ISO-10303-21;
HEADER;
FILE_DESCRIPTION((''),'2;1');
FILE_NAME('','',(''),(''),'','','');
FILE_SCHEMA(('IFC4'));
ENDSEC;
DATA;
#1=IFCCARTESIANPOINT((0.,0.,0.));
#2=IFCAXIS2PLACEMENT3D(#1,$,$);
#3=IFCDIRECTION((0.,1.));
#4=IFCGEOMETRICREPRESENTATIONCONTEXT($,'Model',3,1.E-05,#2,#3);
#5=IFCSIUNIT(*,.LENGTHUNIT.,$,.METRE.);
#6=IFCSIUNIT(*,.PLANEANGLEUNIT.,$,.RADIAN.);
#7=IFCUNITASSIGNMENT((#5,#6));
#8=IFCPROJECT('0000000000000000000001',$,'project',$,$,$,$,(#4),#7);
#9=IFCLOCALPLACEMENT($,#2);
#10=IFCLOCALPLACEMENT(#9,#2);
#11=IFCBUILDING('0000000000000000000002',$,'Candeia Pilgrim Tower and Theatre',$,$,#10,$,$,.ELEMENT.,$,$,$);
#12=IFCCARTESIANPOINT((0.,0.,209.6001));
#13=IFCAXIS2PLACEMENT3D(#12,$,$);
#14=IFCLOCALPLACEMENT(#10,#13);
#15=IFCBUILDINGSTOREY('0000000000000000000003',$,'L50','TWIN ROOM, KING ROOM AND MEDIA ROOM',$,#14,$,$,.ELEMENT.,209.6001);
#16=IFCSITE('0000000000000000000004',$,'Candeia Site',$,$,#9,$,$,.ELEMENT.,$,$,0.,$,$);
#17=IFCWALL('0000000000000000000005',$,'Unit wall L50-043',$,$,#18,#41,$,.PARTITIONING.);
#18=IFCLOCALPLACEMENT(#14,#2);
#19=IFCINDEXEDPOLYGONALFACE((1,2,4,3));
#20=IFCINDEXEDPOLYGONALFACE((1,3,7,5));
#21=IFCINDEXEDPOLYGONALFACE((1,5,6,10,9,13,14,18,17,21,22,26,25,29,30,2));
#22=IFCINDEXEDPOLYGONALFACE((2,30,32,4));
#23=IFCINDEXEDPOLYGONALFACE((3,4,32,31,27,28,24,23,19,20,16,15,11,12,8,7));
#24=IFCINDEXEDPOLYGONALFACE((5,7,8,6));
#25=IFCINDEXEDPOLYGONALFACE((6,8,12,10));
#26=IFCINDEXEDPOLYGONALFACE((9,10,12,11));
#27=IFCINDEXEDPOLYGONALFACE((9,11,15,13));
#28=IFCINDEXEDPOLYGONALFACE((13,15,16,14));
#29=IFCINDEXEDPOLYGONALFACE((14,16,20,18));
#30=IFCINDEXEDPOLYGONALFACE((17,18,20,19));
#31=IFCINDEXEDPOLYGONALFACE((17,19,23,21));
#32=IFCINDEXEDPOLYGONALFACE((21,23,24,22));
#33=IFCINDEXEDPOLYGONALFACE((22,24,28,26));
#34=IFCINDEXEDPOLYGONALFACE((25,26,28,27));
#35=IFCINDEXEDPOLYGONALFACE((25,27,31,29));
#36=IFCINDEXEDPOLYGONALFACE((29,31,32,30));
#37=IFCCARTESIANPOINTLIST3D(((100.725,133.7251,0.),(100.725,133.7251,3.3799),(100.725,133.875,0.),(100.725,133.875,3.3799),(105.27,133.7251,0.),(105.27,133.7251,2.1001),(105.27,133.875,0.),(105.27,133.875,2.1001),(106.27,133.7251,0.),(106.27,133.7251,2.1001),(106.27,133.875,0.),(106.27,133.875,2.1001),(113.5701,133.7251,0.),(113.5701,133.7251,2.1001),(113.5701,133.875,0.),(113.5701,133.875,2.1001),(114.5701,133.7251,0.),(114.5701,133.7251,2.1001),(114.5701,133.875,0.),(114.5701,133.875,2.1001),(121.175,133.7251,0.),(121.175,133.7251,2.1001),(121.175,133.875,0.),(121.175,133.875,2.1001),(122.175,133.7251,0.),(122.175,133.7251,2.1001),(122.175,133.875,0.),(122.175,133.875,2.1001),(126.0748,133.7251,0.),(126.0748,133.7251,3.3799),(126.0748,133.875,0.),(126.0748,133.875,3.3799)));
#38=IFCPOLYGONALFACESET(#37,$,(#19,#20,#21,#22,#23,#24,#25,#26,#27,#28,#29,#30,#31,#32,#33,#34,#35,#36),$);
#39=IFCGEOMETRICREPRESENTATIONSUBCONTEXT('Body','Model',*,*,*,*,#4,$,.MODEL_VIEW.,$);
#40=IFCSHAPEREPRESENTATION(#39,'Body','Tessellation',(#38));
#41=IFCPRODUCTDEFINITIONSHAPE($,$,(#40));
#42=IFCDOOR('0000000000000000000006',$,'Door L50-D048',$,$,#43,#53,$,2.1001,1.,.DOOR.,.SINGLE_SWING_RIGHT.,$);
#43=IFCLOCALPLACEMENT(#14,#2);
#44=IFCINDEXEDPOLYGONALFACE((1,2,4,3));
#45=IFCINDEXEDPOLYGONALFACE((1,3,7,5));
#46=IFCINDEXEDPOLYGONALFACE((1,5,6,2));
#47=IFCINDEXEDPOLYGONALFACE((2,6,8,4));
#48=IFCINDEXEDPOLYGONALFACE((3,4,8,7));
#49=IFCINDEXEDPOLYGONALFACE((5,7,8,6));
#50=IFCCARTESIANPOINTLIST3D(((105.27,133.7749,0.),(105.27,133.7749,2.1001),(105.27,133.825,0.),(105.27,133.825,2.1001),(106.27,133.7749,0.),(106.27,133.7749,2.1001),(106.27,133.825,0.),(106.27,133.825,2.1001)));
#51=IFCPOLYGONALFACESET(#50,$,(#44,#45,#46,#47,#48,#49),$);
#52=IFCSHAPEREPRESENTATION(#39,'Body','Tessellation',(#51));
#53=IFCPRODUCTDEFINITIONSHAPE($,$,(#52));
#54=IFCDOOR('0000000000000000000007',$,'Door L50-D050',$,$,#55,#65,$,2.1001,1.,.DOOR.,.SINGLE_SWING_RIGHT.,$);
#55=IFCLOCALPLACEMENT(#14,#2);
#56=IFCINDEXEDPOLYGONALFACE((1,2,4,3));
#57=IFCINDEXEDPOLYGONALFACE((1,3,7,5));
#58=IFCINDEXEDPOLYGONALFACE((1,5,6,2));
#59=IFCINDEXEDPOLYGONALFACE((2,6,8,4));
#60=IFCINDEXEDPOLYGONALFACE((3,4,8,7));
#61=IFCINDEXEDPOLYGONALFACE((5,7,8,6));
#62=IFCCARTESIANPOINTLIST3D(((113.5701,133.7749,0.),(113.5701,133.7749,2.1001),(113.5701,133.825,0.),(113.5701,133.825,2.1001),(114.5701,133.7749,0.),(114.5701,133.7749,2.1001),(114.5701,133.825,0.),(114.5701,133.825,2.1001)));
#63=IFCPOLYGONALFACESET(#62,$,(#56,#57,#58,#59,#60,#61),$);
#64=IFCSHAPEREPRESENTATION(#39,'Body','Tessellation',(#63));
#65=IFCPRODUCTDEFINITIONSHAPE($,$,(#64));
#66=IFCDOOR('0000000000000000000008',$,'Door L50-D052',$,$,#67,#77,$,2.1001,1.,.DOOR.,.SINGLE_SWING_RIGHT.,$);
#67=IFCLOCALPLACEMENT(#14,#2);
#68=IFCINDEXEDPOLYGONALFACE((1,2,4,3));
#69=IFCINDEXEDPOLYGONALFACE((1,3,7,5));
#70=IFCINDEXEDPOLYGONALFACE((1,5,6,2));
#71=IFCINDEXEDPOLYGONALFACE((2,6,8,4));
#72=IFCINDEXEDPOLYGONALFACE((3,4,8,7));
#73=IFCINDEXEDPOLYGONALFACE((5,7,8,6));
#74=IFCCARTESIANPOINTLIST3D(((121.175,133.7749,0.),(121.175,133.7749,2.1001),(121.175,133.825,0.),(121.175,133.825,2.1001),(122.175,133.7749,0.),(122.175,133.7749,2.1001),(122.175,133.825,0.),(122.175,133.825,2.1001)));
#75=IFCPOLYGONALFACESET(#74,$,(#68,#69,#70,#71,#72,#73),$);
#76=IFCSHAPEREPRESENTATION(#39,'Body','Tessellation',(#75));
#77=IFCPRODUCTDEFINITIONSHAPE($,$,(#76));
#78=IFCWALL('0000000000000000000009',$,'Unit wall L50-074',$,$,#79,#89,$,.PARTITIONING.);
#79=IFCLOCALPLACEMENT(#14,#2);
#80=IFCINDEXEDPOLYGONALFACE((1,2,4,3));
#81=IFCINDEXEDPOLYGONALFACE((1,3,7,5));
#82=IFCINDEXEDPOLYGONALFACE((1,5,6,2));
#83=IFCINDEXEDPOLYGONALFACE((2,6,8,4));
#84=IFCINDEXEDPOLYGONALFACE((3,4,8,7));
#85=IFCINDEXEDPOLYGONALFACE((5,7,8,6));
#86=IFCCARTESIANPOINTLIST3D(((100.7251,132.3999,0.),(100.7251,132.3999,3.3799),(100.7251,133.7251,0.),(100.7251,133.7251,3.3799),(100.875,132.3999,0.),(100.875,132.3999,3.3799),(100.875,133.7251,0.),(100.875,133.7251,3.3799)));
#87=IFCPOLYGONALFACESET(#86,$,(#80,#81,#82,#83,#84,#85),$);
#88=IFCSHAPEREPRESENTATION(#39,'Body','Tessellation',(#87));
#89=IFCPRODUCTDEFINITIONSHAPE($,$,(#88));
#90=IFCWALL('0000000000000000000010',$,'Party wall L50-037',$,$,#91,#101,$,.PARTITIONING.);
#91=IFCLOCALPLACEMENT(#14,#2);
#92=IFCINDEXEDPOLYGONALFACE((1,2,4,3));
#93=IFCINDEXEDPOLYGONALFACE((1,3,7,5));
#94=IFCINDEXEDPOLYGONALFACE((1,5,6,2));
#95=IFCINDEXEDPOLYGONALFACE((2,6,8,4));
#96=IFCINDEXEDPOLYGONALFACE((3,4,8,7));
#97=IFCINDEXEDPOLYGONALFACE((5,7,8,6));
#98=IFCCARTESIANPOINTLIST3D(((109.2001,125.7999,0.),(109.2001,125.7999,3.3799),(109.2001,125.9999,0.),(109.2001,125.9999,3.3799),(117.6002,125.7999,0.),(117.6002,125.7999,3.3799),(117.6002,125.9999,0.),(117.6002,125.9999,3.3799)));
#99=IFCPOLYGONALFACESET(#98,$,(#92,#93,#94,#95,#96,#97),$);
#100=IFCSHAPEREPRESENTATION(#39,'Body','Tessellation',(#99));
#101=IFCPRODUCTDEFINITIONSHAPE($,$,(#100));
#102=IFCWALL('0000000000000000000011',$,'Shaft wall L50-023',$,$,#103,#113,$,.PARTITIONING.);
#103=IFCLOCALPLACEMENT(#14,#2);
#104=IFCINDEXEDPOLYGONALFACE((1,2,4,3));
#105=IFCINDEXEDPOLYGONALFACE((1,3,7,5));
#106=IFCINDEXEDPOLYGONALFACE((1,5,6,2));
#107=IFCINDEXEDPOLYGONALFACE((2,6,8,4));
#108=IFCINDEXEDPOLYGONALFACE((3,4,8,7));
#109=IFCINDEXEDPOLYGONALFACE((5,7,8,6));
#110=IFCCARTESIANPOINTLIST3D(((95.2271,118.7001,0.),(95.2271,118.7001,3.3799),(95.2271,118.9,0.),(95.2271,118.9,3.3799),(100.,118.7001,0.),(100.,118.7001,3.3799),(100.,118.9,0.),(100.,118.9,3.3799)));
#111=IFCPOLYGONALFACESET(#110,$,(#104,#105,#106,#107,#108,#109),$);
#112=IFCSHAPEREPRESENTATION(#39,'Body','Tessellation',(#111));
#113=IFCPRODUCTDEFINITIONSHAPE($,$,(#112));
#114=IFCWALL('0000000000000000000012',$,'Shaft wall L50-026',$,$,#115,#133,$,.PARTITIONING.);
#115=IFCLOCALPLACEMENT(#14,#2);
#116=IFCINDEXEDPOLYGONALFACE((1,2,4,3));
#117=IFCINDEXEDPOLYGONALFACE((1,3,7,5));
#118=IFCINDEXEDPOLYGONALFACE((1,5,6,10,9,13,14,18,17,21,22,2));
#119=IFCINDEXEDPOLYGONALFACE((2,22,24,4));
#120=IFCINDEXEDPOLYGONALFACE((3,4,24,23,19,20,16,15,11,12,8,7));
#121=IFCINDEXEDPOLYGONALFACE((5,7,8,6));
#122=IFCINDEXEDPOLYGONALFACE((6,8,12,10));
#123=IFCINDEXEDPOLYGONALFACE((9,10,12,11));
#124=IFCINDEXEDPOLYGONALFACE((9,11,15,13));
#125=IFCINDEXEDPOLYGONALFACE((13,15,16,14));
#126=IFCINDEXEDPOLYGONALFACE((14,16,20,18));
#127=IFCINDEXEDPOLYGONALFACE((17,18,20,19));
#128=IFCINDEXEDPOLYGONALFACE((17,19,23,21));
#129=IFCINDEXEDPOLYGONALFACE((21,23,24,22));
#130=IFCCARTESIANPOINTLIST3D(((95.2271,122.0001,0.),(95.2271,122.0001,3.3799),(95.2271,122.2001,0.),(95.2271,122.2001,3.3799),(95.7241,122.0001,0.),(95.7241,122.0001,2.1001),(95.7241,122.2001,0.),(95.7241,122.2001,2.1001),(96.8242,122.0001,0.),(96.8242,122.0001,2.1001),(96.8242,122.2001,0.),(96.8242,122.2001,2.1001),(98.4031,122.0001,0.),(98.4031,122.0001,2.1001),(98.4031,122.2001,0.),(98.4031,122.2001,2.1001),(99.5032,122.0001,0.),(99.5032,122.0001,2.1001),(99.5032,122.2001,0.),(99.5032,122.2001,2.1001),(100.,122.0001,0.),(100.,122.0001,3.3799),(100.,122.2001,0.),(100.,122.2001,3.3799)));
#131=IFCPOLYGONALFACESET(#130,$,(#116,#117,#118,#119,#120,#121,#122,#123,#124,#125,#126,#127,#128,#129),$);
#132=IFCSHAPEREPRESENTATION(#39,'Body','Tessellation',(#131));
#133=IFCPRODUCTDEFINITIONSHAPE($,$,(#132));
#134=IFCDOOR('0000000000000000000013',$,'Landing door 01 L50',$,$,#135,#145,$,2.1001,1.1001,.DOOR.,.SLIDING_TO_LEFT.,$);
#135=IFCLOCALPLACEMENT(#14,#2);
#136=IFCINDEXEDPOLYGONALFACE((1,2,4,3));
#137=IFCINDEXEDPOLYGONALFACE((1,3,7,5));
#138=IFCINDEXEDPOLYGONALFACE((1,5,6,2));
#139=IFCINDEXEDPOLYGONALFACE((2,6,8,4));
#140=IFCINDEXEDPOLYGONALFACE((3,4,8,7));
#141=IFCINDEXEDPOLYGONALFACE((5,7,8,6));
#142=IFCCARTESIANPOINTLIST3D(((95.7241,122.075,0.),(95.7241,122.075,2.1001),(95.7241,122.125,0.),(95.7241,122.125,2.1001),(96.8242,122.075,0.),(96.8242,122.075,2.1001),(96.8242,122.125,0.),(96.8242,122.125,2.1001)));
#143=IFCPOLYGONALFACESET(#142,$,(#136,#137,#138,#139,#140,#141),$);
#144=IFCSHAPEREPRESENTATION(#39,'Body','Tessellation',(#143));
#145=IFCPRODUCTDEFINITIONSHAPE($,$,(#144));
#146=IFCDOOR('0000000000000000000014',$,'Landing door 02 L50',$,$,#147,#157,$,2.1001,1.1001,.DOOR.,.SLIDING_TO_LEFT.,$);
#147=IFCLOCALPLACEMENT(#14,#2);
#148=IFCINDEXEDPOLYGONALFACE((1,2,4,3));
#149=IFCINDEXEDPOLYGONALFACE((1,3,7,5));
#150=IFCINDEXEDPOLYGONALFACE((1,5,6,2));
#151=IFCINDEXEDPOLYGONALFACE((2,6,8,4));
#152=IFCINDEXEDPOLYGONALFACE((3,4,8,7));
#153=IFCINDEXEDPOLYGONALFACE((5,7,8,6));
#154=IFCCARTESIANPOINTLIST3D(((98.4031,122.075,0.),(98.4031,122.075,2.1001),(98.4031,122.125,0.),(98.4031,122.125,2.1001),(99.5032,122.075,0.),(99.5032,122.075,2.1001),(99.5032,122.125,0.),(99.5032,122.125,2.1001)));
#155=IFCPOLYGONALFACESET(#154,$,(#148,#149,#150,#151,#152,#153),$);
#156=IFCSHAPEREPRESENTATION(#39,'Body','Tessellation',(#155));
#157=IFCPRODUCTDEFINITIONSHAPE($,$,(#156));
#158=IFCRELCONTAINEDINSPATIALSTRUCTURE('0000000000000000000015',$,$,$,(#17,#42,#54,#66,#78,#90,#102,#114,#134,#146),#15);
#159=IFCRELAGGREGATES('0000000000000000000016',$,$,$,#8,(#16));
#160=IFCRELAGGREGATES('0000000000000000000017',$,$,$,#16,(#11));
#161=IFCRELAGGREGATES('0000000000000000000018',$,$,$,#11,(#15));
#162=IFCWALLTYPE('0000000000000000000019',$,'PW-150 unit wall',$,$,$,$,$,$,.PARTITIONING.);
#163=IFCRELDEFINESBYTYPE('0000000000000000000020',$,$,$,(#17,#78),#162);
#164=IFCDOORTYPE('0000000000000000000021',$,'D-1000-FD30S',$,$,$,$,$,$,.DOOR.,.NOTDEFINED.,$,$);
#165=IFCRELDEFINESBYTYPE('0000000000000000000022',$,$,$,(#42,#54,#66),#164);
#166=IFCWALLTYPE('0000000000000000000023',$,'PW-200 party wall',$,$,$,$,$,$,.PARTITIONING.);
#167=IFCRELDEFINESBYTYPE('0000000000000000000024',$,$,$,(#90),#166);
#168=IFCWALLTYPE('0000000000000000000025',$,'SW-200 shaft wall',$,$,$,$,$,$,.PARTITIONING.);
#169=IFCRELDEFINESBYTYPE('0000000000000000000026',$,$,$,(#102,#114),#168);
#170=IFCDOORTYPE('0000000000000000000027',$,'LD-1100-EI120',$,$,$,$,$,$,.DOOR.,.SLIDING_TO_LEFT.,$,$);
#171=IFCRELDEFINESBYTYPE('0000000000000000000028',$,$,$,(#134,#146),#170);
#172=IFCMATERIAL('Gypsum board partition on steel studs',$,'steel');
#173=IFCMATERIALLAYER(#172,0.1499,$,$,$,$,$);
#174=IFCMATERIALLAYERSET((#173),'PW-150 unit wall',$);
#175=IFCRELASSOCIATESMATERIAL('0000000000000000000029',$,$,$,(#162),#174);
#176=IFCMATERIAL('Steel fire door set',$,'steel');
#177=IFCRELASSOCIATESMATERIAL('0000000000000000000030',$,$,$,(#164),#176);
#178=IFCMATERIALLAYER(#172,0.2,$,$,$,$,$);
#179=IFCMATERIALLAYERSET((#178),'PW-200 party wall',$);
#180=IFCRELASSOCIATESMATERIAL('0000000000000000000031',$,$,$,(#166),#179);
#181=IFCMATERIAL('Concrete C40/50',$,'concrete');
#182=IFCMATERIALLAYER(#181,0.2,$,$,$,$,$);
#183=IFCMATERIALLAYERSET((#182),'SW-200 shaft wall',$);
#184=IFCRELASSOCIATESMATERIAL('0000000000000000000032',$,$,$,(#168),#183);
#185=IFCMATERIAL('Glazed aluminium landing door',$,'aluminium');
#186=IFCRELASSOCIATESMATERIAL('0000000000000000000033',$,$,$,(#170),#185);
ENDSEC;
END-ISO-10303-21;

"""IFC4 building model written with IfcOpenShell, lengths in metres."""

from ifc_helpers import new_model, si_unit, direction, frame, frame_2d, origin, place, context, subcontext, project, spatial, rectangle, extrude, material, layer, layer_set, type_object, element, fill, save


model = new_model("IFC4")

# Units and contexts
model_context = context("Model", 3, precision=1e-05, world=origin(), true_north=direction((0.0, 1.0)))
body_context = subcontext(model_context, "Body", "Model", "MODEL_VIEW")
ifc_project = project(units=[si_unit("LENGTHUNIT", "METRE"), si_unit("PLANEANGLEUNIT", "RADIAN")], contexts=[model_context])

# Site, building, storey
site_placement = place(None, origin())
site = spatial("IfcSite", under=ifc_project, at=site_placement, Name="Candeia Site", CompositionType="ELEMENT", RefElevation=0.0)
building_placement = place(site_placement, origin())
building = spatial("IfcBuilding", under=site, at=building_placement, Name="Candeia Pilgrim Tower and Theatre", CompositionType="ELEMENT")
storey_placement = place(building_placement, frame((0.0, 0.0, 209.6001)))
storey = spatial("IfcBuildingStorey", under=building, at=storey_placement, Name="L50", Description="TWIN ROOM, KING ROOM AND MEDIA ROOM", CompositionType="ELEMENT", Elevation=209.6001)

# Shared definitions
ifc_material_1 = material(Name="Steel fire door set", Category="steel")

# Shared definitions
ifc_material_2 = material(Name="Gypsum board partition on steel studs", Category="steel")

# Wall, openings, doors
ifc_layer_1 = layer(ifc_material_2, 0.1499)
ifc_layer_set_1 = layer_set([ifc_layer_1], Name="PW-150 unit wall")
wall_type_1 = type_object("IfcWallType", Name="PW-150 unit wall", PredefinedType="PARTITIONING", material=ifc_layer_set_1)
wall_1_placement = place(storey_placement, frame((100.7251, 133.8, 0.0), z_axis=(0.0, 0.0, 1.0), x_axis=(1.0, 0.0, 0.0)))
wall_1 = element("IfcWall", 1, at=wall_1_placement, inside=storey, type_object=wall_type_1, Name="Unit wall L50-043", PredefinedType="PARTITIONING", context=body_context, shape_type="SweptSolid", body=[
    extrude(rectangle(XDim=25.3499, YDim=0.1499, at=frame_2d((12.6748, 0.0))), origin(), (0.0, 0.0, 1.0), 3.3799),
])
opening_1_placement = place(wall_1_placement, frame((4.5449, 0.0, 0.0)))
opening_1 = element("IfcOpeningElement", 2, at=opening_1_placement, cuts=wall_1, PredefinedType="OPENING", context=body_context, shape_type="SweptSolid", body=[
    extrude(rectangle(XDim=1.0, YDim=2.1001, at=frame_2d((0.5, 1.05))), frame((0.0, 0.085, 0.0), z_axis=(0.0, -1.0, 0.0), x_axis=(1.0, 0.0, 0.0)), (0.0, 0.0, 1.0), 0.1699),
])
opening_2_placement = place(wall_1_placement, frame((12.845, 0.0, 0.0)))
opening_2 = element("IfcOpeningElement", 3, at=opening_2_placement, cuts=wall_1, PredefinedType="OPENING", context=body_context, shape_type="SweptSolid", body=[
    extrude(rectangle(XDim=1.0, YDim=2.1001, at=frame_2d((0.5, 1.05))), frame((0.0, 0.085, 0.0), z_axis=(0.0, -1.0, 0.0), x_axis=(1.0, 0.0, 0.0)), (0.0, 0.0, 1.0), 0.1699),
])
opening_3_placement = place(wall_1_placement, frame((20.45, 0.0, 0.0)))
opening_3 = element("IfcOpeningElement", 4, at=opening_3_placement, cuts=wall_1, PredefinedType="OPENING", context=body_context, shape_type="SweptSolid", body=[
    extrude(rectangle(XDim=1.0, YDim=2.1001, at=frame_2d((0.5, 1.05))), frame((0.0, 0.085, 0.0), z_axis=(0.0, -1.0, 0.0), x_axis=(1.0, 0.0, 0.0)), (0.0, 0.0, 1.0), 0.1699),
])
door_type_1 = type_object("IfcDoorType", Name="D-1000-FD30S", OperationType="NOTDEFINED", PredefinedType="DOOR", material=ifc_material_1)
door_1_placement = place(opening_1_placement, origin())
door_1 = element("IfcDoor", 5, at=door_1_placement, inside=storey, type_object=door_type_1, Name="Door L50-D048", OperationType="SINGLE_SWING_RIGHT", OverallHeight=2.1001, OverallWidth=1.0, PredefinedType="DOOR", context=body_context, shape_type="SweptSolid", body=[
    extrude(rectangle(XDim=1.0, YDim=2.1001, at=frame_2d((0.5, 1.05))), frame((0.0, 0.0249, 0.0), z_axis=(0.0, -1.0, 0.0), x_axis=(1.0, 0.0, 0.0)), (0.0, 0.0, 1.0), 0.05),
])
fill(opening_1, door_1)
door_2_placement = place(opening_2_placement, origin())
door_2 = element("IfcDoor", 6, at=door_2_placement, inside=storey, type_object=door_type_1, Name="Door L50-D050", OperationType="SINGLE_SWING_RIGHT", OverallHeight=2.1001, OverallWidth=1.0, PredefinedType="DOOR", context=body_context, shape_type="SweptSolid", body=[
    extrude(rectangle(XDim=1.0, YDim=2.1001, at=frame_2d((0.5, 1.05))), frame((0.0, 0.0249, 0.0), z_axis=(0.0, -1.0, 0.0), x_axis=(1.0, 0.0, 0.0)), (0.0, 0.0, 1.0), 0.05),
])
fill(opening_2, door_2)
door_3_placement = place(opening_3_placement, origin())
door_3 = element("IfcDoor", 7, at=door_3_placement, inside=storey, type_object=door_type_1, Name="Door L50-D052", OperationType="SINGLE_SWING_RIGHT", OverallHeight=2.1001, OverallWidth=1.0, PredefinedType="DOOR", context=body_context, shape_type="SweptSolid", body=[
    extrude(rectangle(XDim=1.0, YDim=2.1001, at=frame_2d((0.5, 1.05))), frame((0.0, 0.0249, 0.0), z_axis=(0.0, -1.0, 0.0), x_axis=(1.0, 0.0, 0.0)), (0.0, 0.0, 1.0), 0.05),
])
fill(opening_3, door_3)

# Walls
wall_2_placement = place(storey_placement, frame((100.8, 132.3999, 0.0), z_axis=(0.0, 0.0, 1.0), x_axis=(0.0, 1.0, 0.0)))
element("IfcWall", 8, at=wall_2_placement, inside=storey, type_object=wall_type_1, Name="Unit wall L50-074", PredefinedType="PARTITIONING", context=body_context, shape_type="SweptSolid", body=[
    extrude(rectangle(XDim=1.3252, YDim=0.1499, at=frame_2d((0.6626, 0.0))), origin(), (0.0, 0.0, 1.0), 3.3799),
])
ifc_layer_2 = layer(ifc_material_2, 0.2)
ifc_layer_set_2 = layer_set([ifc_layer_2], Name="PW-200 party wall")
wall_type_2 = type_object("IfcWallType", Name="PW-200 party wall", PredefinedType="PARTITIONING", material=ifc_layer_set_2)
wall_3_placement = place(storey_placement, frame((109.2, 125.8999, 0.0), z_axis=(0.0, 0.0, 1.0), x_axis=(1.0, 0.0, 0.0)))
element("IfcWall", 9, at=wall_3_placement, inside=storey, type_object=wall_type_2, Name="Party wall L50-037", PredefinedType="PARTITIONING", context=body_context, shape_type="SweptSolid", body=[
    extrude(rectangle(XDim=8.4001, YDim=0.2, at=frame_2d((4.2002, 0.0))), origin(), (0.0, 0.0, 1.0), 3.3799),
])
ifc_material_3 = material(Name="Concrete C40/50", Category="concrete")
ifc_layer_3 = layer(ifc_material_3, 0.2)
ifc_layer_set_3 = layer_set([ifc_layer_3], Name="SW-200 shaft wall")
wall_type_3 = type_object("IfcWallType", Name="SW-200 shaft wall", PredefinedType="PARTITIONING", material=ifc_layer_set_3)
wall_4_placement = place(storey_placement, frame((95.2271, 118.8, 0.0), z_axis=(0.0, 0.0, 1.0), x_axis=(1.0, 0.0, 0.0)))
element("IfcWall", 10, at=wall_4_placement, inside=storey, type_object=wall_type_3, Name="Shaft wall L50-023", PredefinedType="PARTITIONING", context=body_context, shape_type="SweptSolid", body=[
    extrude(rectangle(XDim=4.7729, YDim=0.2, at=frame_2d((2.3865, 0.0))), origin(), (0.0, 0.0, 1.0), 3.3799),
])

# Wall, openings, doors
wall_5_placement = place(storey_placement, frame((95.2271, 122.1001, 0.0), z_axis=(0.0, 0.0, 1.0), x_axis=(1.0, 0.0, 0.0)))
wall_5 = element("IfcWall", 11, at=wall_5_placement, inside=storey, type_object=wall_type_3, Name="Shaft wall L50-026", PredefinedType="PARTITIONING", context=body_context, shape_type="SweptSolid", body=[
    extrude(rectangle(XDim=4.7729, YDim=0.2, at=frame_2d((2.3865, 0.0))), origin(), (0.0, 0.0, 1.0), 3.3799),
])
opening_4_placement = place(wall_5_placement, frame((0.4971, 0.0, 0.0)))
opening_4 = element("IfcOpeningElement", 12, at=opening_4_placement, cuts=wall_5, PredefinedType="OPENING", context=body_context, shape_type="SweptSolid", body=[
    extrude(rectangle(XDim=1.1001, YDim=2.1001, at=frame_2d((0.55, 1.05))), frame((0.0, 0.1099, 0.0), z_axis=(0.0, -1.0, 0.0), x_axis=(1.0, 0.0, 0.0)), (0.0, 0.0, 1.0), 0.22),
])
opening_5_placement = place(wall_5_placement, frame((3.176, 0.0, 0.0)))
opening_5 = element("IfcOpeningElement", 13, at=opening_5_placement, cuts=wall_5, PredefinedType="OPENING", context=body_context, shape_type="SweptSolid", body=[
    extrude(rectangle(XDim=1.1001, YDim=2.1001, at=frame_2d((0.55, 1.05))), frame((0.0, 0.1099, 0.0), z_axis=(0.0, -1.0, 0.0), x_axis=(1.0, 0.0, 0.0)), (0.0, 0.0, 1.0), 0.22),
])
ifc_material_4 = material(Name="Glazed aluminium landing door", Category="aluminium")
door_type_2 = type_object("IfcDoorType", Name="LD-1100-EI120", OperationType="SLIDING_TO_LEFT", PredefinedType="DOOR", material=ifc_material_4)
door_4_placement = place(opening_4_placement, origin())
door_4 = element("IfcDoor", 14, at=door_4_placement, inside=storey, type_object=door_type_2, Name="Landing door 01 L50", OperationType="SLIDING_TO_LEFT", OverallHeight=2.1001, OverallWidth=1.1001, PredefinedType="DOOR", context=body_context, shape_type="SweptSolid", body=[
    extrude(rectangle(XDim=1.1001, YDim=2.1001, at=frame_2d((0.55, 1.05))), frame((0.0, 0.0249, 0.0), z_axis=(0.0, -1.0, 0.0), x_axis=(1.0, 0.0, 0.0)), (0.0, 0.0, 1.0), 0.05),
])
fill(opening_4, door_4)
door_5_placement = place(opening_5_placement, origin())
door_5 = element("IfcDoor", 15, at=door_5_placement, inside=storey, type_object=door_type_2, Name="Landing door 02 L50", OperationType="SLIDING_TO_LEFT", OverallHeight=2.1001, OverallWidth=1.1001, PredefinedType="DOOR", context=body_context, shape_type="SweptSolid", body=[
    extrude(rectangle(XDim=1.1001, YDim=2.1001, at=frame_2d((0.55, 1.05))), frame((0.0, 0.0249, 0.0), z_axis=(0.0, -1.0, 0.0), x_axis=(1.0, 0.0, 0.0)), (0.0, 0.0, 1.0), 0.05),
])
fill(opening_5, door_5)

save(model, "model.ifc")
